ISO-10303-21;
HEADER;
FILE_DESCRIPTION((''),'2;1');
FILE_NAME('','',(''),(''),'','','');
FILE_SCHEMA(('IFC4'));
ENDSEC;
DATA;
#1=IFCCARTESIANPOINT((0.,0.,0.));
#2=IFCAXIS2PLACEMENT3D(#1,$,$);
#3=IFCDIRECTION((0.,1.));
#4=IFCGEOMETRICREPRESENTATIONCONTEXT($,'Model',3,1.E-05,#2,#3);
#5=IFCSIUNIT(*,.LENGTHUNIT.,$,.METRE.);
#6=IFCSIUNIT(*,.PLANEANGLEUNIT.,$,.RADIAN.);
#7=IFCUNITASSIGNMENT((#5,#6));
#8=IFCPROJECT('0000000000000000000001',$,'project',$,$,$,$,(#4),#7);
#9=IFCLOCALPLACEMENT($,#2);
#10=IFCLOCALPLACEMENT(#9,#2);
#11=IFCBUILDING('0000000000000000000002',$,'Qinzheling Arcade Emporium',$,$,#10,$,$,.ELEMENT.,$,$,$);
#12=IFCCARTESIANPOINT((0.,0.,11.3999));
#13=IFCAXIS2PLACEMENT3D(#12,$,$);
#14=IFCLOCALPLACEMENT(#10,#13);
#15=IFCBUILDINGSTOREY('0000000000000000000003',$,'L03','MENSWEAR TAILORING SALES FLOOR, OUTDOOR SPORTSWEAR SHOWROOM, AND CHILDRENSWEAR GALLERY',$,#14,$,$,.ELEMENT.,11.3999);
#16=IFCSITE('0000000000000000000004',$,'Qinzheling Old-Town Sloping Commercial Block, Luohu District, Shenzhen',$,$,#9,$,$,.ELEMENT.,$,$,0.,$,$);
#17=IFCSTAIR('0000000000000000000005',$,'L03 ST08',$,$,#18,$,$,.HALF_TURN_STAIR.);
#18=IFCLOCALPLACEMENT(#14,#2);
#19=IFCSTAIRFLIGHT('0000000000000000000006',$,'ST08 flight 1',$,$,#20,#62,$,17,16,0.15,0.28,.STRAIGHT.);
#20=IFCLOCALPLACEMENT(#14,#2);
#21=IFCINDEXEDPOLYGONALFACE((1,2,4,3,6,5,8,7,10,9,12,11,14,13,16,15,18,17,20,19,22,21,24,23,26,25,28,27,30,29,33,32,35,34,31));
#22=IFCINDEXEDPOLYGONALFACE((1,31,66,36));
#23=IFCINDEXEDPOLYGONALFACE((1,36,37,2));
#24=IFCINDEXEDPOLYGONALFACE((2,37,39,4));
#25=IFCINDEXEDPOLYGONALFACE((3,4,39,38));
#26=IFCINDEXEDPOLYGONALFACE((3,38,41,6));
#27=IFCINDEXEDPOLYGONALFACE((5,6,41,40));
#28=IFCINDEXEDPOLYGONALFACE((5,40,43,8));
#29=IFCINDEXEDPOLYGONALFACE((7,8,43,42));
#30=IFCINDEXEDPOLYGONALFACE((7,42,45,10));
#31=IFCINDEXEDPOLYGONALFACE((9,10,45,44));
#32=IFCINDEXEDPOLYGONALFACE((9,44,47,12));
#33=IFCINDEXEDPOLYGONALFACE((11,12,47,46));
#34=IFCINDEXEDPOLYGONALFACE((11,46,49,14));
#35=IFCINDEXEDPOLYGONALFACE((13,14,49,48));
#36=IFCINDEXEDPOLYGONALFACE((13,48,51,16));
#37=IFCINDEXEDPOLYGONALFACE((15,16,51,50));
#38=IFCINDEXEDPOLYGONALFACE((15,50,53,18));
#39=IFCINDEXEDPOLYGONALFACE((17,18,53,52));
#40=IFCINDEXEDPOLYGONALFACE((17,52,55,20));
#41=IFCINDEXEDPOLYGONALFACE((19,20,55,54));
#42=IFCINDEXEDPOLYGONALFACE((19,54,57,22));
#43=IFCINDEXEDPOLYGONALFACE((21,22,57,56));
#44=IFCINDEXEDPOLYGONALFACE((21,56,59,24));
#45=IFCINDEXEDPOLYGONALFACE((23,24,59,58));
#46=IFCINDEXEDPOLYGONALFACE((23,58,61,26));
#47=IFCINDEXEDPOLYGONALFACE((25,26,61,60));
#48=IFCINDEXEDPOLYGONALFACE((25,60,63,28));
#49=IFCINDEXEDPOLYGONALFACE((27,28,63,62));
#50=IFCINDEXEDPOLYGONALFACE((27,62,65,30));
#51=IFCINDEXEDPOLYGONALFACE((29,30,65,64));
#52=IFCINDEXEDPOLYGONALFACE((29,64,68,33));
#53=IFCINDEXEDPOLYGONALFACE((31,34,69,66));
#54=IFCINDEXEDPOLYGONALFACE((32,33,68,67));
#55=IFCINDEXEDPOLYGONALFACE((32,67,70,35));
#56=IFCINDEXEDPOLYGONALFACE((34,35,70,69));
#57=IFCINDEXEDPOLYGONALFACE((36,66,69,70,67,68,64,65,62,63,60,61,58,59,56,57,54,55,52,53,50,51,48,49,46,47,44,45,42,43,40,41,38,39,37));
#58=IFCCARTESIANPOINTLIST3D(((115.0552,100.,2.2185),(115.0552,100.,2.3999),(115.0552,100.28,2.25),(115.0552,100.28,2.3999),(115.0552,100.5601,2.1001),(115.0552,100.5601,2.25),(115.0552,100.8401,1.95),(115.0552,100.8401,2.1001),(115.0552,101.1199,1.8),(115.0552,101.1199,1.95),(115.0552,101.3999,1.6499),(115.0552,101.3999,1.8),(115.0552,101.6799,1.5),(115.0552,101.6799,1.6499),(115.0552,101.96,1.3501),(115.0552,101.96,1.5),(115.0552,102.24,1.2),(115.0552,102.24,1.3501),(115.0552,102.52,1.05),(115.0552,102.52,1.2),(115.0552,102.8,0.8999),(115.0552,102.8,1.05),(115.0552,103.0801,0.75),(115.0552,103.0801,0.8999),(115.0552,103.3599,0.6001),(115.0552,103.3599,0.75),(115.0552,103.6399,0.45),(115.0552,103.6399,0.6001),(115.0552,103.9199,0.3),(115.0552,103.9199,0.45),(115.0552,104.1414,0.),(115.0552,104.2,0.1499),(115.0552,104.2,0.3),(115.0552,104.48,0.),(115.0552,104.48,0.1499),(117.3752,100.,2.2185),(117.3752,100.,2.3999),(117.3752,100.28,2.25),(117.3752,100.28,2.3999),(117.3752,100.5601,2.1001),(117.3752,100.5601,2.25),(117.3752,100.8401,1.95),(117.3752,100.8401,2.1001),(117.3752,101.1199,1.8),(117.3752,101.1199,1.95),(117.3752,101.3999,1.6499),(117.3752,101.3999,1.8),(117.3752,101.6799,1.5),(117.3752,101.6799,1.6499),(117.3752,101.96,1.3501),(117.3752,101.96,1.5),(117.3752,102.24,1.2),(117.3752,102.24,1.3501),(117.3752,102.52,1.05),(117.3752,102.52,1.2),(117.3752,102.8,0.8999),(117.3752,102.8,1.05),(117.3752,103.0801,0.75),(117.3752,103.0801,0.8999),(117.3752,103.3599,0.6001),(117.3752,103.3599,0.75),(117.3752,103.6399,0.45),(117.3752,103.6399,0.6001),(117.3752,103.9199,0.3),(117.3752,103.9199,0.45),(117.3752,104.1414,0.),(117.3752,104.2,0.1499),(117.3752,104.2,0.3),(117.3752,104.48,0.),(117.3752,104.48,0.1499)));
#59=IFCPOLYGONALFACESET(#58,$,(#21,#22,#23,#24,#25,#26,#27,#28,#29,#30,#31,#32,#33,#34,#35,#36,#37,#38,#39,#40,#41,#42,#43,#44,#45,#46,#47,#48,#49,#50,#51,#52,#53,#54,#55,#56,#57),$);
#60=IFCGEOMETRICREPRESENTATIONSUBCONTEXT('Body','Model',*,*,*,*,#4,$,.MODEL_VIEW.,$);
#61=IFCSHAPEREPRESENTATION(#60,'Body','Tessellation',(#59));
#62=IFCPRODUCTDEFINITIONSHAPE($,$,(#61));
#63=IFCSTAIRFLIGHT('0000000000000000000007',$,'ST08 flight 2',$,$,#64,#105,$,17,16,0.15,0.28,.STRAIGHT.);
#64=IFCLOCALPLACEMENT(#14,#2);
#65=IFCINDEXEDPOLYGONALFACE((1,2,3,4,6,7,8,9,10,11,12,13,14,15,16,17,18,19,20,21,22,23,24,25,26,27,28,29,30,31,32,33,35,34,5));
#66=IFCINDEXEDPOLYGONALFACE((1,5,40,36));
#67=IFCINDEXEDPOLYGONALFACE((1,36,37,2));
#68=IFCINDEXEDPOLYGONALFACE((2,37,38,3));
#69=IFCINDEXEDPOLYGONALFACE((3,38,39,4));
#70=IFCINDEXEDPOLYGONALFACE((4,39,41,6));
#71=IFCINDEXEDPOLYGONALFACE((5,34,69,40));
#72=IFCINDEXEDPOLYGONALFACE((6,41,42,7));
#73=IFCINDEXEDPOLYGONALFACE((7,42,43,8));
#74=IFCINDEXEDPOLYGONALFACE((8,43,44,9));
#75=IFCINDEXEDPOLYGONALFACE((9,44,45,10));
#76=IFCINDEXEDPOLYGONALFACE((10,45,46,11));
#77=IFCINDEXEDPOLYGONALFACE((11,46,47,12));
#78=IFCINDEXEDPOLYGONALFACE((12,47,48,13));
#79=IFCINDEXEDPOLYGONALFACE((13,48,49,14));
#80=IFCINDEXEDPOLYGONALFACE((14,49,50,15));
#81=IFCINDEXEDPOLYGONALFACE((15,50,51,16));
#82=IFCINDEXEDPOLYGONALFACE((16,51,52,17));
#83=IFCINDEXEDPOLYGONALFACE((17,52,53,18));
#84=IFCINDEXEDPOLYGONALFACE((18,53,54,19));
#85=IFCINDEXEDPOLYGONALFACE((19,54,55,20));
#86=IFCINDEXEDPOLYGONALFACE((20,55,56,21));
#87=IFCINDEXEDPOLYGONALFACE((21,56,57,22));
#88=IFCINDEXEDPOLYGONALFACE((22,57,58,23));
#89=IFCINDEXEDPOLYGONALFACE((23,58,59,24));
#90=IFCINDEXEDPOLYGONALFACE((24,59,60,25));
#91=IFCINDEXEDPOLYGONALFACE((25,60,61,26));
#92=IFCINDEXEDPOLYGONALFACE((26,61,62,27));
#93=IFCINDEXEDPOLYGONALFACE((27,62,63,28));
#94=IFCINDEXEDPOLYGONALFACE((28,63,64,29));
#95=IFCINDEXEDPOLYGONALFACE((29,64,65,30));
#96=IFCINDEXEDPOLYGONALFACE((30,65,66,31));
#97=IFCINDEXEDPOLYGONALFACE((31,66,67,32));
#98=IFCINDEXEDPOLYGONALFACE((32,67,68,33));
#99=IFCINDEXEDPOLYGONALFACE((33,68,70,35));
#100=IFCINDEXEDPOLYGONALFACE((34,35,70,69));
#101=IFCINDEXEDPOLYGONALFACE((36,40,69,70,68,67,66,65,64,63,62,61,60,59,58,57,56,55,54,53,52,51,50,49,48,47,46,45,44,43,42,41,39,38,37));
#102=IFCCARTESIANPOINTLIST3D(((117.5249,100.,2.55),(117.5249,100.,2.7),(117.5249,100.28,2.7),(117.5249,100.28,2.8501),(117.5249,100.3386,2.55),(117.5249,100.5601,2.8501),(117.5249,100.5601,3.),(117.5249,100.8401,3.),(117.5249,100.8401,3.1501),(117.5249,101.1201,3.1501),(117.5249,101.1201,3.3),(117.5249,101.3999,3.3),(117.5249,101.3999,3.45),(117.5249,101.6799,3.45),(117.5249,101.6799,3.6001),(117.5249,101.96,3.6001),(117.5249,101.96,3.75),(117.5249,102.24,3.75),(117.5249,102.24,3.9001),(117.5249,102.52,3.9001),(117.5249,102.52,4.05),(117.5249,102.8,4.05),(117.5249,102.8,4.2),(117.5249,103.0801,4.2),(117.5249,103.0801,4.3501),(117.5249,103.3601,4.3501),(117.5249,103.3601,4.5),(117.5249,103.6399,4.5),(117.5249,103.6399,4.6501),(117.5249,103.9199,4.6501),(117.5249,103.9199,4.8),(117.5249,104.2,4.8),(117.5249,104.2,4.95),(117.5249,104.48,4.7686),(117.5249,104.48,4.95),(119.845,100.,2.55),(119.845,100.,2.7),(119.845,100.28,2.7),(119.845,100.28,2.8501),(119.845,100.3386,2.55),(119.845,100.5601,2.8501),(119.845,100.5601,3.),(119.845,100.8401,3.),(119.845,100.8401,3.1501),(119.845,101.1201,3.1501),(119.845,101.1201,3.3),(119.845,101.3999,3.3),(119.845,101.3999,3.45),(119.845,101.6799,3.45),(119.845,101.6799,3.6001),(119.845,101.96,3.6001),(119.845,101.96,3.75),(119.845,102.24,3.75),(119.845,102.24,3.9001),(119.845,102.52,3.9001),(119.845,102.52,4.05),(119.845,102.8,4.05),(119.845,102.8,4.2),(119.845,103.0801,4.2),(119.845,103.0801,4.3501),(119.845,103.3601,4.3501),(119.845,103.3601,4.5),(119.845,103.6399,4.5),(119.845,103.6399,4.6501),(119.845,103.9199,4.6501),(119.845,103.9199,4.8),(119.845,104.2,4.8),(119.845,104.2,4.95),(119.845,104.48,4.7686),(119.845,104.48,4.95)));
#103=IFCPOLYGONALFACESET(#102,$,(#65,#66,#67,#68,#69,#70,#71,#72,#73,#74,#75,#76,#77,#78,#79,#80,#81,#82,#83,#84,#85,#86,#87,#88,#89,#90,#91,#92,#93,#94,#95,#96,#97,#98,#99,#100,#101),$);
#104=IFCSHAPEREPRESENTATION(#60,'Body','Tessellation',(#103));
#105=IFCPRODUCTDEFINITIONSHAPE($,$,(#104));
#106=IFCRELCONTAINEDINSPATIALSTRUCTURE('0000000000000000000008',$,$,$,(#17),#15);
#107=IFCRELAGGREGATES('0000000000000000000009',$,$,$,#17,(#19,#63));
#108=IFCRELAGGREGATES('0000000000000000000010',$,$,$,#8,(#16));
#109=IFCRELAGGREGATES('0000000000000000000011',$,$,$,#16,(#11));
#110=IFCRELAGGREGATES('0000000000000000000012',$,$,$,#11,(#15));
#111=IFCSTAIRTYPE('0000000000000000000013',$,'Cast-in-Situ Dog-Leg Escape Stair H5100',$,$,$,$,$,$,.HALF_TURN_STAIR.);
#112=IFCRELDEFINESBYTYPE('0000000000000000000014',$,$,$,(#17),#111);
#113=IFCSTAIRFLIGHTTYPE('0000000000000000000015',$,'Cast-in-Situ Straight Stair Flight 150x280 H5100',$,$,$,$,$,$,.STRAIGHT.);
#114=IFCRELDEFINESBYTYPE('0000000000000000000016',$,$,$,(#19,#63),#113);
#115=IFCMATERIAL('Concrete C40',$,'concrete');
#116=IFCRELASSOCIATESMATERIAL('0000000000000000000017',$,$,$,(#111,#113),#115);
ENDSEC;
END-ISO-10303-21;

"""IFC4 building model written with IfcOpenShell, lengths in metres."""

from ifc_helpers import new_model, si_unit, direction, frame, origin, place, context, subcontext, project, spatial, polyline, outline, extrude, material, type_object, element, aggregate, save


model = new_model("IFC4")

# Units and contexts
model_context = context("Model", 3, precision=1e-05, world=origin(), true_north=direction((0.0, 1.0)))
body_context = subcontext(model_context, "Body", "Model", "MODEL_VIEW")
ifc_project = project(units=[si_unit("LENGTHUNIT", "METRE"), si_unit("PLANEANGLEUNIT", "RADIAN")], contexts=[model_context])

# Site, building, storey
site_placement = place(None, origin())
site = spatial("IfcSite", under=ifc_project, at=site_placement, Name="Qinzheling Old-Town Sloping Commercial Block, Luohu District, Shenzhen", CompositionType="ELEMENT", RefElevation=0.0)
building_placement = place(site_placement, origin())
building = spatial("IfcBuilding", under=site, at=building_placement, Name="Qinzheling Arcade Emporium", CompositionType="ELEMENT")
storey_placement = place(building_placement, frame((0.0, 0.0, 11.3999)))
storey = spatial("IfcBuildingStorey", under=building, at=storey_placement, Name="L03", Description="MENSWEAR TAILORING SALES FLOOR, OUTDOOR SPORTSWEAR SHOWROOM, AND CHILDRENSWEAR GALLERY", CompositionType="ELEMENT", Elevation=11.3999)

# Shared definitions
ifc_material_1 = material(Name="Concrete C40", Category="concrete")

# Stair, stair flights
stair_type = type_object("IfcStairType", Name="Cast-in-Situ Dog-Leg Escape Stair H5100", PredefinedType="HALF_TURN_STAIR", material=ifc_material_1)
stair_placement = place(storey_placement, origin())
stair = element("IfcStair", 1, at=stair_placement, inside=storey, type_object=stair_type, Name="L03 ST08", PredefinedType="HALF_TURN_STAIR")
stair_flight_type = type_object("IfcStairFlightType", Name="Cast-in-Situ Straight Stair Flight 150x280 H5100", PredefinedType="STRAIGHT", material=ifc_material_1)
stair_flight_1_placement = place(storey_placement, frame((116.2151, 104.48, 0.0), z_axis=(0.0, 0.0, 1.0), x_axis=(0.0, -1.0, 0.0)))
stair_flight_1 = element("IfcStairFlight", 2, at=stair_flight_1_placement, type_object=stair_flight_type, Name="ST08 flight 1", NumberOfRisers=17, NumberOfTreads=16, PredefinedType="STRAIGHT", RiserHeight=0.15, TreadLength=0.28, context=body_context, shape_type="SweptSolid", body=[
    extrude(outline(polyline([(0.0, 0.0), (0.0, 0.1499), (0.28, 0.1499), (0.28, 0.3), (0.5601, 0.3), (0.5601, 0.45), (0.8401, 0.45), (0.8401, 0.6001), (1.1201, 0.6001), (1.1201, 0.75), (1.3999, 0.75), (1.3999, 0.8999), (1.6799, 0.8999), (1.6799, 1.05), (1.96, 1.05), (1.96, 1.2), (2.24, 1.2), (2.24, 1.3501), (2.52, 1.3501), (2.52, 1.5), (2.8, 1.5), (2.8, 1.6499), (3.0801, 1.6499), (3.0801, 1.8), (3.3601, 1.8), (3.3601, 1.95), (3.6399, 1.95), (3.6399, 2.1001), (3.9199, 2.1001), (3.9199, 2.25), (4.2, 2.25), (4.2, 2.3999), (4.48, 2.3999), (4.48, 2.55), (4.48, 2.2185), (0.3386, 0.0), (0.0, 0.0)])), frame((0.0, 1.1602, 0.0), z_axis=(0.0, -1.0, 0.0), x_axis=(1.0, 0.0, 0.0)), (0.0, 0.0, 1.0), 2.3201),
])
stair_flight_2_placement = place(storey_placement, frame((118.6851, 100.0, 2.55), z_axis=(0.0, 0.0, 1.0), x_axis=(0.0, 1.0, 0.0)))
stair_flight_2 = element("IfcStairFlight", 3, at=stair_flight_2_placement, type_object=stair_flight_type, Name="ST08 flight 2", NumberOfRisers=17, NumberOfTreads=16, PredefinedType="STRAIGHT", RiserHeight=0.15, TreadLength=0.28, context=body_context, shape_type="SweptSolid", body=[
    extrude(outline(polyline([(0.0, 0.0), (0.0, 0.1499), (0.28, 0.1499), (0.28, 0.3), (0.5601, 0.3), (0.5601, 0.45), (0.8401, 0.45), (0.8401, 0.6001), (1.1201, 0.6001), (1.1201, 0.75), (1.3999, 0.75), (1.3999, 0.8999), (1.6799, 0.8999), (1.6799, 1.05), (1.96, 1.05), (1.96, 1.2), (2.24, 1.2), (2.24, 1.3501), (2.52, 1.3501), (2.52, 1.5), (2.8, 1.5), (2.8, 1.6499), (3.0801, 1.6499), (3.0801, 1.8), (3.3601, 1.8), (3.3601, 1.95), (3.6399, 1.95), (3.6399, 2.1001), (3.9199, 2.1001), (3.9199, 2.25), (4.2, 2.25), (4.2, 2.3999), (4.48, 2.3999), (4.48, 2.55), (4.48, 2.2185), (0.3386, 0.0), (0.0, 0.0)])), frame((0.0, 1.1602, 0.0), z_axis=(0.0, -1.0, 0.0), x_axis=(1.0, 0.0, 0.0)), (0.0, 0.0, 1.0), 2.3201),
])
aggregate(stair, [stair_flight_1, stair_flight_2])

save(model, "model.ifc")
